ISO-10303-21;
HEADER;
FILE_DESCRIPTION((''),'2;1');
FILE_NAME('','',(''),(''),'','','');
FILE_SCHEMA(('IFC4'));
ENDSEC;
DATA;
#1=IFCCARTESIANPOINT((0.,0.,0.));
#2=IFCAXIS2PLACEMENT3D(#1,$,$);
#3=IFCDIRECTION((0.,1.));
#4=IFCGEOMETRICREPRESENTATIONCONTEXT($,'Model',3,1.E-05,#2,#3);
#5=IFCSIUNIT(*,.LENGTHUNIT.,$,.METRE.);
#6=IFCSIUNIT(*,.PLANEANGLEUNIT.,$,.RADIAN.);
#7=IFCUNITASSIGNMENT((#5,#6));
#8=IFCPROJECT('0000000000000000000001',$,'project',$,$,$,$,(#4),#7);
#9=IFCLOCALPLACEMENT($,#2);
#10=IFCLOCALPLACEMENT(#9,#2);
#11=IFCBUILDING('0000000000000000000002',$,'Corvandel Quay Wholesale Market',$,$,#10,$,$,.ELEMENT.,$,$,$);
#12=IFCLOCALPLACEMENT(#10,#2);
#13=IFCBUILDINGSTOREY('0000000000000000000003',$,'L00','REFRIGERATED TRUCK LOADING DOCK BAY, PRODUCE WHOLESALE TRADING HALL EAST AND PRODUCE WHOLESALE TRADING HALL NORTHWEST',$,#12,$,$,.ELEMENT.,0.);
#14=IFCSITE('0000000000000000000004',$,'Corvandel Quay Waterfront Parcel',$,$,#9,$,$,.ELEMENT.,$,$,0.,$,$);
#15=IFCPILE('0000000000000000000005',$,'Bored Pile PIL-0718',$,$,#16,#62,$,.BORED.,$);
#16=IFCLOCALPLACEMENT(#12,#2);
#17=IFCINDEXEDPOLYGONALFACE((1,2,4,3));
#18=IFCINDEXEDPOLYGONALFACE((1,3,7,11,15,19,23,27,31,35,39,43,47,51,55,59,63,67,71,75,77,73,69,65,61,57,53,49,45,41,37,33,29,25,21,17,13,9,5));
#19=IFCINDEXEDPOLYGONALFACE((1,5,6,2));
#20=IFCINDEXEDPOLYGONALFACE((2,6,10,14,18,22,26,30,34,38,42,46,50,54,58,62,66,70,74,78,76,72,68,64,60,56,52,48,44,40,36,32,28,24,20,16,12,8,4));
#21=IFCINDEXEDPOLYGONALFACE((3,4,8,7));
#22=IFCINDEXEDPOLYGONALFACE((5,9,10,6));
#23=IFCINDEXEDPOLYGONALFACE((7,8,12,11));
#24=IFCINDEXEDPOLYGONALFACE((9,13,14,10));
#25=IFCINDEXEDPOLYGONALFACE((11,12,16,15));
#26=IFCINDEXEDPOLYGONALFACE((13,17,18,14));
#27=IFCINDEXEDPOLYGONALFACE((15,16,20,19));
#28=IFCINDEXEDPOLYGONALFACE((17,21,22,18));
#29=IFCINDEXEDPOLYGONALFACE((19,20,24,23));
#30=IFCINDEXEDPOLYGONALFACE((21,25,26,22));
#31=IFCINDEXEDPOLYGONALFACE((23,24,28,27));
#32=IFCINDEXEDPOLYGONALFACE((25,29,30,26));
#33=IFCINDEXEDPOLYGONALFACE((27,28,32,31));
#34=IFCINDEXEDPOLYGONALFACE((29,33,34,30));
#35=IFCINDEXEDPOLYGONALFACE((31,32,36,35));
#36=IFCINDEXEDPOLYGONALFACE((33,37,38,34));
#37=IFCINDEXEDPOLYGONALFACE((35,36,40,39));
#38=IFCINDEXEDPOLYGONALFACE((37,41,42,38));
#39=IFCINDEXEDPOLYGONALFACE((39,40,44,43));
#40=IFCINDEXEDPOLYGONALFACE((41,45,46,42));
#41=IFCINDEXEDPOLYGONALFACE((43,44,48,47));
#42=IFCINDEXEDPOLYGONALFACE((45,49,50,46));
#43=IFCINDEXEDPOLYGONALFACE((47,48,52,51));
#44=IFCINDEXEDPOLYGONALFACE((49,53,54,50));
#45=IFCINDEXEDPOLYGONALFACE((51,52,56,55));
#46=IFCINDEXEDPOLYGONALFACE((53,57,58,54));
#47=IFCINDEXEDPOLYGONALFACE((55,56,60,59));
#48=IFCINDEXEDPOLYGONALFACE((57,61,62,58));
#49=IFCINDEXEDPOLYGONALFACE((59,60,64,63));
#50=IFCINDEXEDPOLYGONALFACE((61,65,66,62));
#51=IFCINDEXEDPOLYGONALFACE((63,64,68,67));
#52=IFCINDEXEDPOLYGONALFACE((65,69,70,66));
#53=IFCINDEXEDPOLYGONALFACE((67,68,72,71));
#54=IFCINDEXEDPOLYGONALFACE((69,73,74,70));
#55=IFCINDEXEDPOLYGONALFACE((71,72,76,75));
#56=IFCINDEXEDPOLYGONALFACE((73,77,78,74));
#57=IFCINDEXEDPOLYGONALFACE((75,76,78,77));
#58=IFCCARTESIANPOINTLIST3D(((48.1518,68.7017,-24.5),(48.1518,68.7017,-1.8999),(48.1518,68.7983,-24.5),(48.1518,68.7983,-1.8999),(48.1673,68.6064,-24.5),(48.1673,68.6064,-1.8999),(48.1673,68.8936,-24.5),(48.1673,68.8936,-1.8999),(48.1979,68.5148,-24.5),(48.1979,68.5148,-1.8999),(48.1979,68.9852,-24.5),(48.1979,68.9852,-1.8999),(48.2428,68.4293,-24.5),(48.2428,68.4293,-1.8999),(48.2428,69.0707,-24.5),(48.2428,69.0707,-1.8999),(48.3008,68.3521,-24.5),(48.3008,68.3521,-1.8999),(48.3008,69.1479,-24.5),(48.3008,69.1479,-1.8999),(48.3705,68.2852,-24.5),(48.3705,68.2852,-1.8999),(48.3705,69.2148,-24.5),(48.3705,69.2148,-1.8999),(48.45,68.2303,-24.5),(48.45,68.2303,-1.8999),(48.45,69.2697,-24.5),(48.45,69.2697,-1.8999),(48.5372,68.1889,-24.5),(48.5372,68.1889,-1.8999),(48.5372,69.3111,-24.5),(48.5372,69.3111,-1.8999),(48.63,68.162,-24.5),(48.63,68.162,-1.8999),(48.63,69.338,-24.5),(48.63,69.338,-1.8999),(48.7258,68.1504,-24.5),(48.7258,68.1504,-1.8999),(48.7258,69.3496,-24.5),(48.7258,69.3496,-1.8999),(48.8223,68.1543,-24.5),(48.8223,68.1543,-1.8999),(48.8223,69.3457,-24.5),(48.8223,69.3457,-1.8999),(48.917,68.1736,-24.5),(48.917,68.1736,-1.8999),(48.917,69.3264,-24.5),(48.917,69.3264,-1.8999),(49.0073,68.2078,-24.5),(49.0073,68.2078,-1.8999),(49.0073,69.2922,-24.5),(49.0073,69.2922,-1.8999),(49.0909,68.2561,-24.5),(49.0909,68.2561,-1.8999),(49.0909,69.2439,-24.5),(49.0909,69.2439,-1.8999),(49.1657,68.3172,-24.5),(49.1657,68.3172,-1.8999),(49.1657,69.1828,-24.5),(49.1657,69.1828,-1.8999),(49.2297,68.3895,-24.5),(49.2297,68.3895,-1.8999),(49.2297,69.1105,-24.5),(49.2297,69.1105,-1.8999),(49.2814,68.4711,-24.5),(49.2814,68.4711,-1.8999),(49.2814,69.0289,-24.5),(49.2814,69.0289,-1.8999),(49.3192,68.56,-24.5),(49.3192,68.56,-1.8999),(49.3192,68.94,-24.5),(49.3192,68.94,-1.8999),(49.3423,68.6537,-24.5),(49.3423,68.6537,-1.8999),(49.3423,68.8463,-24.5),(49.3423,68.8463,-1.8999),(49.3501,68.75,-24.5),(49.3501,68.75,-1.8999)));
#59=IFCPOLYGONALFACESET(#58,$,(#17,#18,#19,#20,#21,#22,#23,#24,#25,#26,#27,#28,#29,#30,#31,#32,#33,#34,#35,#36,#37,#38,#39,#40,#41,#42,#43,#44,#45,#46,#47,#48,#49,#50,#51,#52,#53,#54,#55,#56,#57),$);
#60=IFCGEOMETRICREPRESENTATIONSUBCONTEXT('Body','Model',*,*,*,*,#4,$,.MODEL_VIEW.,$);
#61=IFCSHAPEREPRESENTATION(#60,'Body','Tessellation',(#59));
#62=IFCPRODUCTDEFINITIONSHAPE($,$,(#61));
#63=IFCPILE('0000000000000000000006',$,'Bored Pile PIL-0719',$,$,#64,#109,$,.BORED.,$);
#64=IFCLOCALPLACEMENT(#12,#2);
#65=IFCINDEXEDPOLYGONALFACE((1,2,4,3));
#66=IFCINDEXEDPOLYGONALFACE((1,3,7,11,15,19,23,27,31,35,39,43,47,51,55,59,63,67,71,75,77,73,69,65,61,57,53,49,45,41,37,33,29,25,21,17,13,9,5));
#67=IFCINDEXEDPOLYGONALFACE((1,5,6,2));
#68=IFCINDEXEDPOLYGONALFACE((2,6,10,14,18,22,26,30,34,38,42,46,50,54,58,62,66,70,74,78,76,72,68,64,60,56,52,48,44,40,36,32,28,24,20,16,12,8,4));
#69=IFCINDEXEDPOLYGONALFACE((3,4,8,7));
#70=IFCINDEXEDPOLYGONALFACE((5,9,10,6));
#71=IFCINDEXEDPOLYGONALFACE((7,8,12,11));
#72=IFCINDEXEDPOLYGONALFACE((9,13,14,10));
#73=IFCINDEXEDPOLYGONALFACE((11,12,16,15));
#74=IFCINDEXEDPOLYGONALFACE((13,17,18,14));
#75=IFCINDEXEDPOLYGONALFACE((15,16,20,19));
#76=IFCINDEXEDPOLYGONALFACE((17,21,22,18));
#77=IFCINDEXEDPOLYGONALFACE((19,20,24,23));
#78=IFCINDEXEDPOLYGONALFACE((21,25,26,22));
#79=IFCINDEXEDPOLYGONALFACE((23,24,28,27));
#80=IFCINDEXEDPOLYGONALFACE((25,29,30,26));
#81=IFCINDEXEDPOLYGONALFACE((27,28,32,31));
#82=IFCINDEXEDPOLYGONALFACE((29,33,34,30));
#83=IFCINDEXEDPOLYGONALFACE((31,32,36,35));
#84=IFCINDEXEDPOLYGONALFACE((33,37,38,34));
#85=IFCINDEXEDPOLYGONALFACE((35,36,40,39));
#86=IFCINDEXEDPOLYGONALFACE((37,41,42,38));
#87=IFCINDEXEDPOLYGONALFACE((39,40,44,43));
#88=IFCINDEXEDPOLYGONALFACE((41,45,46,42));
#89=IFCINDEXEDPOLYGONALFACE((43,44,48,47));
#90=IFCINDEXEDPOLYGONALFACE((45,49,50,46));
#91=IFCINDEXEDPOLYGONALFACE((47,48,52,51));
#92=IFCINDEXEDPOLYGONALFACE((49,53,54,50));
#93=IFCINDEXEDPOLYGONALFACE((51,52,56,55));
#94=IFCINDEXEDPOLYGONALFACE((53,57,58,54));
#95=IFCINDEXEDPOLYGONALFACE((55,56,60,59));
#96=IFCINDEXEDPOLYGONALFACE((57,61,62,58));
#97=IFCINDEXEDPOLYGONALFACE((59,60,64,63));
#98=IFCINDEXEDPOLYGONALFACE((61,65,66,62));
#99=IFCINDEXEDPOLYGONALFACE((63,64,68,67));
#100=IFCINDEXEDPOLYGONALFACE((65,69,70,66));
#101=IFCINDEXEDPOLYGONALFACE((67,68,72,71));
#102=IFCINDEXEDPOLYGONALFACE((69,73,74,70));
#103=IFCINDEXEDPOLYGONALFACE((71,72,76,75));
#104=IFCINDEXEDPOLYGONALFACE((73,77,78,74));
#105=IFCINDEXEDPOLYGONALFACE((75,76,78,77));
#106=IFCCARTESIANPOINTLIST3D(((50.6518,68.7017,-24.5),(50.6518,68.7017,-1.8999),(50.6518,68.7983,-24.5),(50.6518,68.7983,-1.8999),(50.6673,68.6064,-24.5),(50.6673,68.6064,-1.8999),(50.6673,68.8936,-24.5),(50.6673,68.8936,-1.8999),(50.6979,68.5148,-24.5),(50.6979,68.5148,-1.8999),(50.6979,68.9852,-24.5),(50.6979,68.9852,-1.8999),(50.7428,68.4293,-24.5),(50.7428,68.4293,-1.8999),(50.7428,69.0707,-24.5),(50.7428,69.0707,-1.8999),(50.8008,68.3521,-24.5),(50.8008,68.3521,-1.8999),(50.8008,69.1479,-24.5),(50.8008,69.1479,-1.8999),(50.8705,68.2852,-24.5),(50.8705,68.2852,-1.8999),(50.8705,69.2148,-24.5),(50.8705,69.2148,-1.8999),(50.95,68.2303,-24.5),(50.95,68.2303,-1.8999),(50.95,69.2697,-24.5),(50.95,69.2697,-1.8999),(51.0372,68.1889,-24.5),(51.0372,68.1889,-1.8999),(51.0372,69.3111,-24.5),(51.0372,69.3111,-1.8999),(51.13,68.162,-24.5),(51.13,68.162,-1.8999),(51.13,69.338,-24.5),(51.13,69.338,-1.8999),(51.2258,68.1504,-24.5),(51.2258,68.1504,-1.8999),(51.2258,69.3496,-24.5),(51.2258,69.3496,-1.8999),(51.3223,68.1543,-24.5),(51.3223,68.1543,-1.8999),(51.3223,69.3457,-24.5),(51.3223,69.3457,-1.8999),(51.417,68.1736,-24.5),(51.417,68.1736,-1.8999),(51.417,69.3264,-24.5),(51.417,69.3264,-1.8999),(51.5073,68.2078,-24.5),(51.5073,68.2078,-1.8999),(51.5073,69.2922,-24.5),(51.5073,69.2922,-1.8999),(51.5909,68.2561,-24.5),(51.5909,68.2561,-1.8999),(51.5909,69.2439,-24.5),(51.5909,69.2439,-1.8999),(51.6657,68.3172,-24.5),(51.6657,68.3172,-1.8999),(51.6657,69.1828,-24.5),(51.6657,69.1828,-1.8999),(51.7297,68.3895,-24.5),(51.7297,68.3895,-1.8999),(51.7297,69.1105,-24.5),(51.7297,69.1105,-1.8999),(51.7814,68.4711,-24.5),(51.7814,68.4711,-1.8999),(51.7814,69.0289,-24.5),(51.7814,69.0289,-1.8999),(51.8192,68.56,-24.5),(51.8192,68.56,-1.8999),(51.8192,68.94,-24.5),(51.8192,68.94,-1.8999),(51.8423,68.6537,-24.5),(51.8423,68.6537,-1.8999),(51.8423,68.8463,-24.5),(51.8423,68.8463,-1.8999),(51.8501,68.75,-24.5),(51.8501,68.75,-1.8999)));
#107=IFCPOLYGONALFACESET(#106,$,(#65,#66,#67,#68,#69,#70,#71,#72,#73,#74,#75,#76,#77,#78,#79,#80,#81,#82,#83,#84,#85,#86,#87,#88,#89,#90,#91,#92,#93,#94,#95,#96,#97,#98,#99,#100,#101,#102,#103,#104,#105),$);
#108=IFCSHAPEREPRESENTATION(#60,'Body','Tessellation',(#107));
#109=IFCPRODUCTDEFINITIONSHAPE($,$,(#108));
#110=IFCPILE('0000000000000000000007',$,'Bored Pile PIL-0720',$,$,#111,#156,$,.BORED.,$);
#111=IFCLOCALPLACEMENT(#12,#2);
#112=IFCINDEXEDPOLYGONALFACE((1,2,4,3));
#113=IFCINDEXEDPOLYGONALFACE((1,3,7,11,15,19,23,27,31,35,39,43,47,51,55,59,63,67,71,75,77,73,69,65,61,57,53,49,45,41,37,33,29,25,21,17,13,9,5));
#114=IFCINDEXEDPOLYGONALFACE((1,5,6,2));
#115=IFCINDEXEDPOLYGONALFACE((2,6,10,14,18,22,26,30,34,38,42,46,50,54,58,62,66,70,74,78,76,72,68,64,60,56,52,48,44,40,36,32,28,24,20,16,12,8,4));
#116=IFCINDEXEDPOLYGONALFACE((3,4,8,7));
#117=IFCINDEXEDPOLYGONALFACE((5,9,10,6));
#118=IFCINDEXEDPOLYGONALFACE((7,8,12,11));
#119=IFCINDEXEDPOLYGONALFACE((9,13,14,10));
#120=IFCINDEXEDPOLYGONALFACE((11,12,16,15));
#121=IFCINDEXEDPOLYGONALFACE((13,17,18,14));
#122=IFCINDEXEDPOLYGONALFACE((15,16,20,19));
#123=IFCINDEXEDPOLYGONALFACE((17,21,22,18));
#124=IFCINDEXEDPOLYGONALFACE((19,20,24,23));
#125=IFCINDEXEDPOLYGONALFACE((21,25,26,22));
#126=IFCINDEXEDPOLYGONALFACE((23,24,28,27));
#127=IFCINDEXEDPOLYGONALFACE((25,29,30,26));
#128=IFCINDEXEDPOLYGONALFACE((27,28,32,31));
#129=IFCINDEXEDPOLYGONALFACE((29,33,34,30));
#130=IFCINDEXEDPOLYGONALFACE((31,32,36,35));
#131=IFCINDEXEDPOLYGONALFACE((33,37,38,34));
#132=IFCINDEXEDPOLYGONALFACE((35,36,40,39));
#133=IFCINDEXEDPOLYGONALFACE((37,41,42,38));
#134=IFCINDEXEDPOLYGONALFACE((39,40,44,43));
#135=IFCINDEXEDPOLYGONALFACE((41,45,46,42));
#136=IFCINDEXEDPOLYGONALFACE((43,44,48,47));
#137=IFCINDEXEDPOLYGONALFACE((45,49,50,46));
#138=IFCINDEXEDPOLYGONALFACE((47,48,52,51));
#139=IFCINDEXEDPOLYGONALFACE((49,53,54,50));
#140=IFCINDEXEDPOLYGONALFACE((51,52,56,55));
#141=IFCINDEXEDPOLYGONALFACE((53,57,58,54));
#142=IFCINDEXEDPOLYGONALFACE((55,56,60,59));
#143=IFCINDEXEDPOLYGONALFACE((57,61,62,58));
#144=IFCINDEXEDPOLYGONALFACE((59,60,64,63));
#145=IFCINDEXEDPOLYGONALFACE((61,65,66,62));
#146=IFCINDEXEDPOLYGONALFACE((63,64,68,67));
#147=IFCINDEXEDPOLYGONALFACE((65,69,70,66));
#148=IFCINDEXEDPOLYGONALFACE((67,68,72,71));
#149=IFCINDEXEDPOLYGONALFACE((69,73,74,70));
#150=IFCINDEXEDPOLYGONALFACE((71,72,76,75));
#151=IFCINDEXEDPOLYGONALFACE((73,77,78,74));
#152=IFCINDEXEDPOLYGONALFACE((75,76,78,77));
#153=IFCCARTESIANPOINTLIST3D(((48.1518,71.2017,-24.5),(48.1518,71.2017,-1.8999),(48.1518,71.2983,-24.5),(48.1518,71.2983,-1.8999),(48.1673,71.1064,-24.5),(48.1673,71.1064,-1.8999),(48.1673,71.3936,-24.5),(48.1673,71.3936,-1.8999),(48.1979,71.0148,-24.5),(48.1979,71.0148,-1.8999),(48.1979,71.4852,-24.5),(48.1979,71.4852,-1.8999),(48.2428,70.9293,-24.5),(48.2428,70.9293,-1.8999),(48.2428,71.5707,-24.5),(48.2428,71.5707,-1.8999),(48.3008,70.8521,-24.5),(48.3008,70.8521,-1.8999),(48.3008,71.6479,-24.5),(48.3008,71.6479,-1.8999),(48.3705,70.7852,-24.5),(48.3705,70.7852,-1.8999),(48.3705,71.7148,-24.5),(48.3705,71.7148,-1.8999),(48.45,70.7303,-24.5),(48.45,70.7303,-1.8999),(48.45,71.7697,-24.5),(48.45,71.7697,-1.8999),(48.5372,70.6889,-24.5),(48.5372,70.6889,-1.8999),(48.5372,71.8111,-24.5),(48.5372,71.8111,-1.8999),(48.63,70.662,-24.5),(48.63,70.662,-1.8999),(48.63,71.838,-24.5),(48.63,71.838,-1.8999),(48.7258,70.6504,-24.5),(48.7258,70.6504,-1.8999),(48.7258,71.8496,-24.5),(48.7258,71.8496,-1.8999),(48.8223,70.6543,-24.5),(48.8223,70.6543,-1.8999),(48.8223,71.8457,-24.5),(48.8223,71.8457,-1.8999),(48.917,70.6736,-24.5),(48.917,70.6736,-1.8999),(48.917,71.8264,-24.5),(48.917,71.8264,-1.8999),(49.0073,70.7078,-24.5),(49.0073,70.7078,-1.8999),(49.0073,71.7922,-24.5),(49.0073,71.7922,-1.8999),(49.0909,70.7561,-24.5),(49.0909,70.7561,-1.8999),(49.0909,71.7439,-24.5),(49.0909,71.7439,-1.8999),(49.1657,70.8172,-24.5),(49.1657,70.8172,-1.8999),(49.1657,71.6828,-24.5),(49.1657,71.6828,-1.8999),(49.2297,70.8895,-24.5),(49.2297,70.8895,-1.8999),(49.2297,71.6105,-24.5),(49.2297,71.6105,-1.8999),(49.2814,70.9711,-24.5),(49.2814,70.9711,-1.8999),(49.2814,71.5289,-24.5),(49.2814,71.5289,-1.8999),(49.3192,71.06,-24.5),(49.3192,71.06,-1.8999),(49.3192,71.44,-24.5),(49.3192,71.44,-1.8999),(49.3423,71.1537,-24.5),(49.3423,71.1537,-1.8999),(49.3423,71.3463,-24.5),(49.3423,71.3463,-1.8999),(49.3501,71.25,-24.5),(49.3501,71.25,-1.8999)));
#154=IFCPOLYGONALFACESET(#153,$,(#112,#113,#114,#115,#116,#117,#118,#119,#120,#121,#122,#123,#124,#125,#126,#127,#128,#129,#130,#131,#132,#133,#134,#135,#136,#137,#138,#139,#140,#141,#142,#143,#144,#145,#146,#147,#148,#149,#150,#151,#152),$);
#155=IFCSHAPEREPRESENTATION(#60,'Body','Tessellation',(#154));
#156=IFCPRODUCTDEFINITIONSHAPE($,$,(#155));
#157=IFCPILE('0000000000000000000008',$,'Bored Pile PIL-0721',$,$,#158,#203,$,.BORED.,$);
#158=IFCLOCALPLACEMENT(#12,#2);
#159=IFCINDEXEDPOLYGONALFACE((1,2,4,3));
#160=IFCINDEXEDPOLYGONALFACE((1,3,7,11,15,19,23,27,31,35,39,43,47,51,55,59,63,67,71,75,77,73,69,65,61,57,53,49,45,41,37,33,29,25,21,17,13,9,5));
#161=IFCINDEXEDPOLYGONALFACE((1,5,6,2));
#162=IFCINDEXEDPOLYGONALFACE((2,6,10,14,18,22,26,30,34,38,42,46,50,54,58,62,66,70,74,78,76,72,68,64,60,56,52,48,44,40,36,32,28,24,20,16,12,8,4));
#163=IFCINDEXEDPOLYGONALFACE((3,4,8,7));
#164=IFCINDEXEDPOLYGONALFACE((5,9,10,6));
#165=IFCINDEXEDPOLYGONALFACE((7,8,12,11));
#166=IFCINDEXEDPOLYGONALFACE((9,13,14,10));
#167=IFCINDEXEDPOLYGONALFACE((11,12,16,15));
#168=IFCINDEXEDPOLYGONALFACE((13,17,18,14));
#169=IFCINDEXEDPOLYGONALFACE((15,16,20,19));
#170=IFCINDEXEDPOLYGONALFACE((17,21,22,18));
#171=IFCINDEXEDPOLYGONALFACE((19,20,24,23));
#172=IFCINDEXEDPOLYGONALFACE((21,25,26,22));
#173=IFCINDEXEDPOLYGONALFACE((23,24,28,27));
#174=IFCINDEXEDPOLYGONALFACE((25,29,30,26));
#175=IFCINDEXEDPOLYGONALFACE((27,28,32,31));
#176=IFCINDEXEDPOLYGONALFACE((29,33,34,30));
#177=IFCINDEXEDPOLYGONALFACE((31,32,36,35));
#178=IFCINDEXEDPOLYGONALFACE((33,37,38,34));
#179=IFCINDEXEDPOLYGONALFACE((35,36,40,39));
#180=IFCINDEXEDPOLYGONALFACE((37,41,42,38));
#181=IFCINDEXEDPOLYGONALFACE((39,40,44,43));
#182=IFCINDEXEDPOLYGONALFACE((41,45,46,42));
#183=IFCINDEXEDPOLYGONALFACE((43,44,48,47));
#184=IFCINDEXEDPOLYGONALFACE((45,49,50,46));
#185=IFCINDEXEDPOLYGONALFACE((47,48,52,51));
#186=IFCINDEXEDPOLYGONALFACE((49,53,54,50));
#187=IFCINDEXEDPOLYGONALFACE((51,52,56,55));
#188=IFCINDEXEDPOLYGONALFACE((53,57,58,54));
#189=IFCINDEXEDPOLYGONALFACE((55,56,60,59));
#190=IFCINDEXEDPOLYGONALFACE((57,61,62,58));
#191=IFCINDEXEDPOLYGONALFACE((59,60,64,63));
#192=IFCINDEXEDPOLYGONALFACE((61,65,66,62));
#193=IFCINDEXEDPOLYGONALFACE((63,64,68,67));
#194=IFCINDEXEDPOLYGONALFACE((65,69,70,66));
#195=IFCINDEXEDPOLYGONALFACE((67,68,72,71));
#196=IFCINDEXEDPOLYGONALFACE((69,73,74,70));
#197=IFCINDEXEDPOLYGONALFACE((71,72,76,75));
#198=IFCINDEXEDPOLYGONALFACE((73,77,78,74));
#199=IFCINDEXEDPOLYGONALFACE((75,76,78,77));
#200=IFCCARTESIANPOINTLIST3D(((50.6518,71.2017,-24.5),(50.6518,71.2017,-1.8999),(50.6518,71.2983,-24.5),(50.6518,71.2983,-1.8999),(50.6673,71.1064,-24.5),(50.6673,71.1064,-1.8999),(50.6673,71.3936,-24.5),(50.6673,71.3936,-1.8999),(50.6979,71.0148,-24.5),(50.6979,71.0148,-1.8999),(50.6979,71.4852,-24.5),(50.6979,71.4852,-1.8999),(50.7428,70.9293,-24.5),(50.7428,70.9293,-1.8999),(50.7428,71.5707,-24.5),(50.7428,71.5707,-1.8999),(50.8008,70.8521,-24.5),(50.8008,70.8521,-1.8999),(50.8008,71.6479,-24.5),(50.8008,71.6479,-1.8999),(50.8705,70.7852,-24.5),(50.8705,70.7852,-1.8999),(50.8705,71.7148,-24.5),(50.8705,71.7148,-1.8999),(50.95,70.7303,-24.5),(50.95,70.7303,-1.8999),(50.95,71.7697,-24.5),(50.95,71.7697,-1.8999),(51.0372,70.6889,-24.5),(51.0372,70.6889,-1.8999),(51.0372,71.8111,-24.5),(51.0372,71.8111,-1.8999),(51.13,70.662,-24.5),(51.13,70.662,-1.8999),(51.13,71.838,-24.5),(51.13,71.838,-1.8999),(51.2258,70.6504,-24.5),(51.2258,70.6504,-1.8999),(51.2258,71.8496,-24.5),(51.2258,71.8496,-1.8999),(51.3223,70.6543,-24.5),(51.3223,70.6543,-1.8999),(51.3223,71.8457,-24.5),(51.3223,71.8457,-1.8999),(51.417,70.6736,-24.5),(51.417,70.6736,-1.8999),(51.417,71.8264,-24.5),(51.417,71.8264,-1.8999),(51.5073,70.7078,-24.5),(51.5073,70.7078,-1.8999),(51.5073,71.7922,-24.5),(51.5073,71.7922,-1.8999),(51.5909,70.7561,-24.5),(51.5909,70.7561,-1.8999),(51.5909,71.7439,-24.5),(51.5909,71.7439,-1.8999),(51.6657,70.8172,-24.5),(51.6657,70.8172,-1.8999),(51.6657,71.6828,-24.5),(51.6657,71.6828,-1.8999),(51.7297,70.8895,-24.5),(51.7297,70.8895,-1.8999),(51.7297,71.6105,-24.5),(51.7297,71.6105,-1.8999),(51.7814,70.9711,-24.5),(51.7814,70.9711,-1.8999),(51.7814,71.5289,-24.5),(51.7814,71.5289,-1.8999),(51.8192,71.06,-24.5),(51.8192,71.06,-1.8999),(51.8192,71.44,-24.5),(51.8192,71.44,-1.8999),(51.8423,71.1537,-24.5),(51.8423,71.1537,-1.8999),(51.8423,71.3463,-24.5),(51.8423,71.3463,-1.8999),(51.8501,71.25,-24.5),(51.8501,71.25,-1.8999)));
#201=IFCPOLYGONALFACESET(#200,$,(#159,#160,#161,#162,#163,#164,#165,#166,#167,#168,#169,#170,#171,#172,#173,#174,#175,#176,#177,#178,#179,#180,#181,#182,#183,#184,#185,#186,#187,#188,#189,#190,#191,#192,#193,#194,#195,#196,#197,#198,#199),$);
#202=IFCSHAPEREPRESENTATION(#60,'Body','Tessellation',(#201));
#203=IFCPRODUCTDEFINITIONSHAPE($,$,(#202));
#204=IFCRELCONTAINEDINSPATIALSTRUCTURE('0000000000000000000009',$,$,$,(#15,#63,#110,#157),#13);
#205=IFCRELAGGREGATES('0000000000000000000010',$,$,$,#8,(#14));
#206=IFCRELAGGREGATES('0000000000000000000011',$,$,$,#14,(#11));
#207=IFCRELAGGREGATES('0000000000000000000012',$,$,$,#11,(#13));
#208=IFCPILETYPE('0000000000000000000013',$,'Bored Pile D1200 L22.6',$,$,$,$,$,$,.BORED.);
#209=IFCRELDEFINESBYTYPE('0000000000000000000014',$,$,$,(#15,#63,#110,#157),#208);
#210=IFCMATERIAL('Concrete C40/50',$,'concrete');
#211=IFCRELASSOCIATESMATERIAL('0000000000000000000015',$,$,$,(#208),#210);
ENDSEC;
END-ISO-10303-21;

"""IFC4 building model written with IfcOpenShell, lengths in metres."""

from ifc_helpers import new_model, si_unit, direction, frame, origin, origin_2d, place, context, subcontext, project, spatial, circle, extrude, material, material_profile, profile_set, type_object, element, save


model = new_model("IFC4")

# Units and contexts
model_context = context("Model", 3, precision=1e-05, world=origin(), true_north=direction((0.0, 1.0)))
body_context = subcontext(model_context, "Body", "Model", "MODEL_VIEW")
ifc_project = project(units=[si_unit("LENGTHUNIT", "METRE"), si_unit("PLANEANGLEUNIT", "RADIAN")], contexts=[model_context])

# Site, building, storey
site_placement = place(None, origin())
site = spatial("IfcSite", under=ifc_project, at=site_placement, Name="Corvandel Quay Waterfront Parcel", CompositionType="ELEMENT", RefElevation=0.0)
building_placement = place(site_placement, origin())
building = spatial("IfcBuilding", under=site, at=building_placement, Name="Corvandel Quay Wholesale Market", CompositionType="ELEMENT")
storey_placement = place(building_placement, origin())
storey = spatial("IfcBuildingStorey", under=building, at=storey_placement, Name="L00", Description="REFRIGERATED TRUCK LOADING DOCK BAY, PRODUCE WHOLESALE TRADING HALL EAST AND PRODUCE WHOLESALE TRADING HALL NORTHWEST", CompositionType="ELEMENT", Elevation=0.0)

# Piles
ifc_material_1 = material(Name="Concrete C40/50", Category="concrete")
ifc_material_profile_1 = material_profile(ifc_material_1, circle(Radius=0.6001, at=origin_2d()), Name="RC-PILE-D1200")
ifc_profile_set_1 = profile_set([ifc_material_profile_1], Name="Concrete C40/50")
pile_type = type_object("IfcPileType", Name="Bored Pile D1200 L22.6", PredefinedType="BORED", material=ifc_profile_set_1)
for number, where, z_axis, x_axis, name in (
    (1, (48.75, 68.75, -1.8999), (0.0, 0.0, -1.0), (1.0, 0.0, 0.0), "Bored Pile PIL-0718"),
    (2, (51.25, 68.75, -1.8999), (0.0, 0.0, -1.0), (1.0, 0.0, 0.0), "Bored Pile PIL-0719"),
    (3, (48.75, 71.25, -1.8999), (0.0, 0.0, -1.0), (1.0, 0.0, 0.0), "Bored Pile PIL-0720"),
    (4, (51.25, 71.25, -1.8999), (0.0, 0.0, -1.0), (1.0, 0.0, 0.0), "Bored Pile PIL-0721"),
):
    element("IfcPile", number, at=place(storey_placement, frame(where, z_axis=z_axis, x_axis=x_axis)), inside=storey, type_object=pile_type, Name=name, PredefinedType="BORED", context=body_context, shape_type="SweptSolid", body=[
        extrude(circle(Radius=0.6001, at=origin_2d()), origin(), (0.0, 0.0, 1.0), 22.6001),
    ])

save(model, "model.ifc")
